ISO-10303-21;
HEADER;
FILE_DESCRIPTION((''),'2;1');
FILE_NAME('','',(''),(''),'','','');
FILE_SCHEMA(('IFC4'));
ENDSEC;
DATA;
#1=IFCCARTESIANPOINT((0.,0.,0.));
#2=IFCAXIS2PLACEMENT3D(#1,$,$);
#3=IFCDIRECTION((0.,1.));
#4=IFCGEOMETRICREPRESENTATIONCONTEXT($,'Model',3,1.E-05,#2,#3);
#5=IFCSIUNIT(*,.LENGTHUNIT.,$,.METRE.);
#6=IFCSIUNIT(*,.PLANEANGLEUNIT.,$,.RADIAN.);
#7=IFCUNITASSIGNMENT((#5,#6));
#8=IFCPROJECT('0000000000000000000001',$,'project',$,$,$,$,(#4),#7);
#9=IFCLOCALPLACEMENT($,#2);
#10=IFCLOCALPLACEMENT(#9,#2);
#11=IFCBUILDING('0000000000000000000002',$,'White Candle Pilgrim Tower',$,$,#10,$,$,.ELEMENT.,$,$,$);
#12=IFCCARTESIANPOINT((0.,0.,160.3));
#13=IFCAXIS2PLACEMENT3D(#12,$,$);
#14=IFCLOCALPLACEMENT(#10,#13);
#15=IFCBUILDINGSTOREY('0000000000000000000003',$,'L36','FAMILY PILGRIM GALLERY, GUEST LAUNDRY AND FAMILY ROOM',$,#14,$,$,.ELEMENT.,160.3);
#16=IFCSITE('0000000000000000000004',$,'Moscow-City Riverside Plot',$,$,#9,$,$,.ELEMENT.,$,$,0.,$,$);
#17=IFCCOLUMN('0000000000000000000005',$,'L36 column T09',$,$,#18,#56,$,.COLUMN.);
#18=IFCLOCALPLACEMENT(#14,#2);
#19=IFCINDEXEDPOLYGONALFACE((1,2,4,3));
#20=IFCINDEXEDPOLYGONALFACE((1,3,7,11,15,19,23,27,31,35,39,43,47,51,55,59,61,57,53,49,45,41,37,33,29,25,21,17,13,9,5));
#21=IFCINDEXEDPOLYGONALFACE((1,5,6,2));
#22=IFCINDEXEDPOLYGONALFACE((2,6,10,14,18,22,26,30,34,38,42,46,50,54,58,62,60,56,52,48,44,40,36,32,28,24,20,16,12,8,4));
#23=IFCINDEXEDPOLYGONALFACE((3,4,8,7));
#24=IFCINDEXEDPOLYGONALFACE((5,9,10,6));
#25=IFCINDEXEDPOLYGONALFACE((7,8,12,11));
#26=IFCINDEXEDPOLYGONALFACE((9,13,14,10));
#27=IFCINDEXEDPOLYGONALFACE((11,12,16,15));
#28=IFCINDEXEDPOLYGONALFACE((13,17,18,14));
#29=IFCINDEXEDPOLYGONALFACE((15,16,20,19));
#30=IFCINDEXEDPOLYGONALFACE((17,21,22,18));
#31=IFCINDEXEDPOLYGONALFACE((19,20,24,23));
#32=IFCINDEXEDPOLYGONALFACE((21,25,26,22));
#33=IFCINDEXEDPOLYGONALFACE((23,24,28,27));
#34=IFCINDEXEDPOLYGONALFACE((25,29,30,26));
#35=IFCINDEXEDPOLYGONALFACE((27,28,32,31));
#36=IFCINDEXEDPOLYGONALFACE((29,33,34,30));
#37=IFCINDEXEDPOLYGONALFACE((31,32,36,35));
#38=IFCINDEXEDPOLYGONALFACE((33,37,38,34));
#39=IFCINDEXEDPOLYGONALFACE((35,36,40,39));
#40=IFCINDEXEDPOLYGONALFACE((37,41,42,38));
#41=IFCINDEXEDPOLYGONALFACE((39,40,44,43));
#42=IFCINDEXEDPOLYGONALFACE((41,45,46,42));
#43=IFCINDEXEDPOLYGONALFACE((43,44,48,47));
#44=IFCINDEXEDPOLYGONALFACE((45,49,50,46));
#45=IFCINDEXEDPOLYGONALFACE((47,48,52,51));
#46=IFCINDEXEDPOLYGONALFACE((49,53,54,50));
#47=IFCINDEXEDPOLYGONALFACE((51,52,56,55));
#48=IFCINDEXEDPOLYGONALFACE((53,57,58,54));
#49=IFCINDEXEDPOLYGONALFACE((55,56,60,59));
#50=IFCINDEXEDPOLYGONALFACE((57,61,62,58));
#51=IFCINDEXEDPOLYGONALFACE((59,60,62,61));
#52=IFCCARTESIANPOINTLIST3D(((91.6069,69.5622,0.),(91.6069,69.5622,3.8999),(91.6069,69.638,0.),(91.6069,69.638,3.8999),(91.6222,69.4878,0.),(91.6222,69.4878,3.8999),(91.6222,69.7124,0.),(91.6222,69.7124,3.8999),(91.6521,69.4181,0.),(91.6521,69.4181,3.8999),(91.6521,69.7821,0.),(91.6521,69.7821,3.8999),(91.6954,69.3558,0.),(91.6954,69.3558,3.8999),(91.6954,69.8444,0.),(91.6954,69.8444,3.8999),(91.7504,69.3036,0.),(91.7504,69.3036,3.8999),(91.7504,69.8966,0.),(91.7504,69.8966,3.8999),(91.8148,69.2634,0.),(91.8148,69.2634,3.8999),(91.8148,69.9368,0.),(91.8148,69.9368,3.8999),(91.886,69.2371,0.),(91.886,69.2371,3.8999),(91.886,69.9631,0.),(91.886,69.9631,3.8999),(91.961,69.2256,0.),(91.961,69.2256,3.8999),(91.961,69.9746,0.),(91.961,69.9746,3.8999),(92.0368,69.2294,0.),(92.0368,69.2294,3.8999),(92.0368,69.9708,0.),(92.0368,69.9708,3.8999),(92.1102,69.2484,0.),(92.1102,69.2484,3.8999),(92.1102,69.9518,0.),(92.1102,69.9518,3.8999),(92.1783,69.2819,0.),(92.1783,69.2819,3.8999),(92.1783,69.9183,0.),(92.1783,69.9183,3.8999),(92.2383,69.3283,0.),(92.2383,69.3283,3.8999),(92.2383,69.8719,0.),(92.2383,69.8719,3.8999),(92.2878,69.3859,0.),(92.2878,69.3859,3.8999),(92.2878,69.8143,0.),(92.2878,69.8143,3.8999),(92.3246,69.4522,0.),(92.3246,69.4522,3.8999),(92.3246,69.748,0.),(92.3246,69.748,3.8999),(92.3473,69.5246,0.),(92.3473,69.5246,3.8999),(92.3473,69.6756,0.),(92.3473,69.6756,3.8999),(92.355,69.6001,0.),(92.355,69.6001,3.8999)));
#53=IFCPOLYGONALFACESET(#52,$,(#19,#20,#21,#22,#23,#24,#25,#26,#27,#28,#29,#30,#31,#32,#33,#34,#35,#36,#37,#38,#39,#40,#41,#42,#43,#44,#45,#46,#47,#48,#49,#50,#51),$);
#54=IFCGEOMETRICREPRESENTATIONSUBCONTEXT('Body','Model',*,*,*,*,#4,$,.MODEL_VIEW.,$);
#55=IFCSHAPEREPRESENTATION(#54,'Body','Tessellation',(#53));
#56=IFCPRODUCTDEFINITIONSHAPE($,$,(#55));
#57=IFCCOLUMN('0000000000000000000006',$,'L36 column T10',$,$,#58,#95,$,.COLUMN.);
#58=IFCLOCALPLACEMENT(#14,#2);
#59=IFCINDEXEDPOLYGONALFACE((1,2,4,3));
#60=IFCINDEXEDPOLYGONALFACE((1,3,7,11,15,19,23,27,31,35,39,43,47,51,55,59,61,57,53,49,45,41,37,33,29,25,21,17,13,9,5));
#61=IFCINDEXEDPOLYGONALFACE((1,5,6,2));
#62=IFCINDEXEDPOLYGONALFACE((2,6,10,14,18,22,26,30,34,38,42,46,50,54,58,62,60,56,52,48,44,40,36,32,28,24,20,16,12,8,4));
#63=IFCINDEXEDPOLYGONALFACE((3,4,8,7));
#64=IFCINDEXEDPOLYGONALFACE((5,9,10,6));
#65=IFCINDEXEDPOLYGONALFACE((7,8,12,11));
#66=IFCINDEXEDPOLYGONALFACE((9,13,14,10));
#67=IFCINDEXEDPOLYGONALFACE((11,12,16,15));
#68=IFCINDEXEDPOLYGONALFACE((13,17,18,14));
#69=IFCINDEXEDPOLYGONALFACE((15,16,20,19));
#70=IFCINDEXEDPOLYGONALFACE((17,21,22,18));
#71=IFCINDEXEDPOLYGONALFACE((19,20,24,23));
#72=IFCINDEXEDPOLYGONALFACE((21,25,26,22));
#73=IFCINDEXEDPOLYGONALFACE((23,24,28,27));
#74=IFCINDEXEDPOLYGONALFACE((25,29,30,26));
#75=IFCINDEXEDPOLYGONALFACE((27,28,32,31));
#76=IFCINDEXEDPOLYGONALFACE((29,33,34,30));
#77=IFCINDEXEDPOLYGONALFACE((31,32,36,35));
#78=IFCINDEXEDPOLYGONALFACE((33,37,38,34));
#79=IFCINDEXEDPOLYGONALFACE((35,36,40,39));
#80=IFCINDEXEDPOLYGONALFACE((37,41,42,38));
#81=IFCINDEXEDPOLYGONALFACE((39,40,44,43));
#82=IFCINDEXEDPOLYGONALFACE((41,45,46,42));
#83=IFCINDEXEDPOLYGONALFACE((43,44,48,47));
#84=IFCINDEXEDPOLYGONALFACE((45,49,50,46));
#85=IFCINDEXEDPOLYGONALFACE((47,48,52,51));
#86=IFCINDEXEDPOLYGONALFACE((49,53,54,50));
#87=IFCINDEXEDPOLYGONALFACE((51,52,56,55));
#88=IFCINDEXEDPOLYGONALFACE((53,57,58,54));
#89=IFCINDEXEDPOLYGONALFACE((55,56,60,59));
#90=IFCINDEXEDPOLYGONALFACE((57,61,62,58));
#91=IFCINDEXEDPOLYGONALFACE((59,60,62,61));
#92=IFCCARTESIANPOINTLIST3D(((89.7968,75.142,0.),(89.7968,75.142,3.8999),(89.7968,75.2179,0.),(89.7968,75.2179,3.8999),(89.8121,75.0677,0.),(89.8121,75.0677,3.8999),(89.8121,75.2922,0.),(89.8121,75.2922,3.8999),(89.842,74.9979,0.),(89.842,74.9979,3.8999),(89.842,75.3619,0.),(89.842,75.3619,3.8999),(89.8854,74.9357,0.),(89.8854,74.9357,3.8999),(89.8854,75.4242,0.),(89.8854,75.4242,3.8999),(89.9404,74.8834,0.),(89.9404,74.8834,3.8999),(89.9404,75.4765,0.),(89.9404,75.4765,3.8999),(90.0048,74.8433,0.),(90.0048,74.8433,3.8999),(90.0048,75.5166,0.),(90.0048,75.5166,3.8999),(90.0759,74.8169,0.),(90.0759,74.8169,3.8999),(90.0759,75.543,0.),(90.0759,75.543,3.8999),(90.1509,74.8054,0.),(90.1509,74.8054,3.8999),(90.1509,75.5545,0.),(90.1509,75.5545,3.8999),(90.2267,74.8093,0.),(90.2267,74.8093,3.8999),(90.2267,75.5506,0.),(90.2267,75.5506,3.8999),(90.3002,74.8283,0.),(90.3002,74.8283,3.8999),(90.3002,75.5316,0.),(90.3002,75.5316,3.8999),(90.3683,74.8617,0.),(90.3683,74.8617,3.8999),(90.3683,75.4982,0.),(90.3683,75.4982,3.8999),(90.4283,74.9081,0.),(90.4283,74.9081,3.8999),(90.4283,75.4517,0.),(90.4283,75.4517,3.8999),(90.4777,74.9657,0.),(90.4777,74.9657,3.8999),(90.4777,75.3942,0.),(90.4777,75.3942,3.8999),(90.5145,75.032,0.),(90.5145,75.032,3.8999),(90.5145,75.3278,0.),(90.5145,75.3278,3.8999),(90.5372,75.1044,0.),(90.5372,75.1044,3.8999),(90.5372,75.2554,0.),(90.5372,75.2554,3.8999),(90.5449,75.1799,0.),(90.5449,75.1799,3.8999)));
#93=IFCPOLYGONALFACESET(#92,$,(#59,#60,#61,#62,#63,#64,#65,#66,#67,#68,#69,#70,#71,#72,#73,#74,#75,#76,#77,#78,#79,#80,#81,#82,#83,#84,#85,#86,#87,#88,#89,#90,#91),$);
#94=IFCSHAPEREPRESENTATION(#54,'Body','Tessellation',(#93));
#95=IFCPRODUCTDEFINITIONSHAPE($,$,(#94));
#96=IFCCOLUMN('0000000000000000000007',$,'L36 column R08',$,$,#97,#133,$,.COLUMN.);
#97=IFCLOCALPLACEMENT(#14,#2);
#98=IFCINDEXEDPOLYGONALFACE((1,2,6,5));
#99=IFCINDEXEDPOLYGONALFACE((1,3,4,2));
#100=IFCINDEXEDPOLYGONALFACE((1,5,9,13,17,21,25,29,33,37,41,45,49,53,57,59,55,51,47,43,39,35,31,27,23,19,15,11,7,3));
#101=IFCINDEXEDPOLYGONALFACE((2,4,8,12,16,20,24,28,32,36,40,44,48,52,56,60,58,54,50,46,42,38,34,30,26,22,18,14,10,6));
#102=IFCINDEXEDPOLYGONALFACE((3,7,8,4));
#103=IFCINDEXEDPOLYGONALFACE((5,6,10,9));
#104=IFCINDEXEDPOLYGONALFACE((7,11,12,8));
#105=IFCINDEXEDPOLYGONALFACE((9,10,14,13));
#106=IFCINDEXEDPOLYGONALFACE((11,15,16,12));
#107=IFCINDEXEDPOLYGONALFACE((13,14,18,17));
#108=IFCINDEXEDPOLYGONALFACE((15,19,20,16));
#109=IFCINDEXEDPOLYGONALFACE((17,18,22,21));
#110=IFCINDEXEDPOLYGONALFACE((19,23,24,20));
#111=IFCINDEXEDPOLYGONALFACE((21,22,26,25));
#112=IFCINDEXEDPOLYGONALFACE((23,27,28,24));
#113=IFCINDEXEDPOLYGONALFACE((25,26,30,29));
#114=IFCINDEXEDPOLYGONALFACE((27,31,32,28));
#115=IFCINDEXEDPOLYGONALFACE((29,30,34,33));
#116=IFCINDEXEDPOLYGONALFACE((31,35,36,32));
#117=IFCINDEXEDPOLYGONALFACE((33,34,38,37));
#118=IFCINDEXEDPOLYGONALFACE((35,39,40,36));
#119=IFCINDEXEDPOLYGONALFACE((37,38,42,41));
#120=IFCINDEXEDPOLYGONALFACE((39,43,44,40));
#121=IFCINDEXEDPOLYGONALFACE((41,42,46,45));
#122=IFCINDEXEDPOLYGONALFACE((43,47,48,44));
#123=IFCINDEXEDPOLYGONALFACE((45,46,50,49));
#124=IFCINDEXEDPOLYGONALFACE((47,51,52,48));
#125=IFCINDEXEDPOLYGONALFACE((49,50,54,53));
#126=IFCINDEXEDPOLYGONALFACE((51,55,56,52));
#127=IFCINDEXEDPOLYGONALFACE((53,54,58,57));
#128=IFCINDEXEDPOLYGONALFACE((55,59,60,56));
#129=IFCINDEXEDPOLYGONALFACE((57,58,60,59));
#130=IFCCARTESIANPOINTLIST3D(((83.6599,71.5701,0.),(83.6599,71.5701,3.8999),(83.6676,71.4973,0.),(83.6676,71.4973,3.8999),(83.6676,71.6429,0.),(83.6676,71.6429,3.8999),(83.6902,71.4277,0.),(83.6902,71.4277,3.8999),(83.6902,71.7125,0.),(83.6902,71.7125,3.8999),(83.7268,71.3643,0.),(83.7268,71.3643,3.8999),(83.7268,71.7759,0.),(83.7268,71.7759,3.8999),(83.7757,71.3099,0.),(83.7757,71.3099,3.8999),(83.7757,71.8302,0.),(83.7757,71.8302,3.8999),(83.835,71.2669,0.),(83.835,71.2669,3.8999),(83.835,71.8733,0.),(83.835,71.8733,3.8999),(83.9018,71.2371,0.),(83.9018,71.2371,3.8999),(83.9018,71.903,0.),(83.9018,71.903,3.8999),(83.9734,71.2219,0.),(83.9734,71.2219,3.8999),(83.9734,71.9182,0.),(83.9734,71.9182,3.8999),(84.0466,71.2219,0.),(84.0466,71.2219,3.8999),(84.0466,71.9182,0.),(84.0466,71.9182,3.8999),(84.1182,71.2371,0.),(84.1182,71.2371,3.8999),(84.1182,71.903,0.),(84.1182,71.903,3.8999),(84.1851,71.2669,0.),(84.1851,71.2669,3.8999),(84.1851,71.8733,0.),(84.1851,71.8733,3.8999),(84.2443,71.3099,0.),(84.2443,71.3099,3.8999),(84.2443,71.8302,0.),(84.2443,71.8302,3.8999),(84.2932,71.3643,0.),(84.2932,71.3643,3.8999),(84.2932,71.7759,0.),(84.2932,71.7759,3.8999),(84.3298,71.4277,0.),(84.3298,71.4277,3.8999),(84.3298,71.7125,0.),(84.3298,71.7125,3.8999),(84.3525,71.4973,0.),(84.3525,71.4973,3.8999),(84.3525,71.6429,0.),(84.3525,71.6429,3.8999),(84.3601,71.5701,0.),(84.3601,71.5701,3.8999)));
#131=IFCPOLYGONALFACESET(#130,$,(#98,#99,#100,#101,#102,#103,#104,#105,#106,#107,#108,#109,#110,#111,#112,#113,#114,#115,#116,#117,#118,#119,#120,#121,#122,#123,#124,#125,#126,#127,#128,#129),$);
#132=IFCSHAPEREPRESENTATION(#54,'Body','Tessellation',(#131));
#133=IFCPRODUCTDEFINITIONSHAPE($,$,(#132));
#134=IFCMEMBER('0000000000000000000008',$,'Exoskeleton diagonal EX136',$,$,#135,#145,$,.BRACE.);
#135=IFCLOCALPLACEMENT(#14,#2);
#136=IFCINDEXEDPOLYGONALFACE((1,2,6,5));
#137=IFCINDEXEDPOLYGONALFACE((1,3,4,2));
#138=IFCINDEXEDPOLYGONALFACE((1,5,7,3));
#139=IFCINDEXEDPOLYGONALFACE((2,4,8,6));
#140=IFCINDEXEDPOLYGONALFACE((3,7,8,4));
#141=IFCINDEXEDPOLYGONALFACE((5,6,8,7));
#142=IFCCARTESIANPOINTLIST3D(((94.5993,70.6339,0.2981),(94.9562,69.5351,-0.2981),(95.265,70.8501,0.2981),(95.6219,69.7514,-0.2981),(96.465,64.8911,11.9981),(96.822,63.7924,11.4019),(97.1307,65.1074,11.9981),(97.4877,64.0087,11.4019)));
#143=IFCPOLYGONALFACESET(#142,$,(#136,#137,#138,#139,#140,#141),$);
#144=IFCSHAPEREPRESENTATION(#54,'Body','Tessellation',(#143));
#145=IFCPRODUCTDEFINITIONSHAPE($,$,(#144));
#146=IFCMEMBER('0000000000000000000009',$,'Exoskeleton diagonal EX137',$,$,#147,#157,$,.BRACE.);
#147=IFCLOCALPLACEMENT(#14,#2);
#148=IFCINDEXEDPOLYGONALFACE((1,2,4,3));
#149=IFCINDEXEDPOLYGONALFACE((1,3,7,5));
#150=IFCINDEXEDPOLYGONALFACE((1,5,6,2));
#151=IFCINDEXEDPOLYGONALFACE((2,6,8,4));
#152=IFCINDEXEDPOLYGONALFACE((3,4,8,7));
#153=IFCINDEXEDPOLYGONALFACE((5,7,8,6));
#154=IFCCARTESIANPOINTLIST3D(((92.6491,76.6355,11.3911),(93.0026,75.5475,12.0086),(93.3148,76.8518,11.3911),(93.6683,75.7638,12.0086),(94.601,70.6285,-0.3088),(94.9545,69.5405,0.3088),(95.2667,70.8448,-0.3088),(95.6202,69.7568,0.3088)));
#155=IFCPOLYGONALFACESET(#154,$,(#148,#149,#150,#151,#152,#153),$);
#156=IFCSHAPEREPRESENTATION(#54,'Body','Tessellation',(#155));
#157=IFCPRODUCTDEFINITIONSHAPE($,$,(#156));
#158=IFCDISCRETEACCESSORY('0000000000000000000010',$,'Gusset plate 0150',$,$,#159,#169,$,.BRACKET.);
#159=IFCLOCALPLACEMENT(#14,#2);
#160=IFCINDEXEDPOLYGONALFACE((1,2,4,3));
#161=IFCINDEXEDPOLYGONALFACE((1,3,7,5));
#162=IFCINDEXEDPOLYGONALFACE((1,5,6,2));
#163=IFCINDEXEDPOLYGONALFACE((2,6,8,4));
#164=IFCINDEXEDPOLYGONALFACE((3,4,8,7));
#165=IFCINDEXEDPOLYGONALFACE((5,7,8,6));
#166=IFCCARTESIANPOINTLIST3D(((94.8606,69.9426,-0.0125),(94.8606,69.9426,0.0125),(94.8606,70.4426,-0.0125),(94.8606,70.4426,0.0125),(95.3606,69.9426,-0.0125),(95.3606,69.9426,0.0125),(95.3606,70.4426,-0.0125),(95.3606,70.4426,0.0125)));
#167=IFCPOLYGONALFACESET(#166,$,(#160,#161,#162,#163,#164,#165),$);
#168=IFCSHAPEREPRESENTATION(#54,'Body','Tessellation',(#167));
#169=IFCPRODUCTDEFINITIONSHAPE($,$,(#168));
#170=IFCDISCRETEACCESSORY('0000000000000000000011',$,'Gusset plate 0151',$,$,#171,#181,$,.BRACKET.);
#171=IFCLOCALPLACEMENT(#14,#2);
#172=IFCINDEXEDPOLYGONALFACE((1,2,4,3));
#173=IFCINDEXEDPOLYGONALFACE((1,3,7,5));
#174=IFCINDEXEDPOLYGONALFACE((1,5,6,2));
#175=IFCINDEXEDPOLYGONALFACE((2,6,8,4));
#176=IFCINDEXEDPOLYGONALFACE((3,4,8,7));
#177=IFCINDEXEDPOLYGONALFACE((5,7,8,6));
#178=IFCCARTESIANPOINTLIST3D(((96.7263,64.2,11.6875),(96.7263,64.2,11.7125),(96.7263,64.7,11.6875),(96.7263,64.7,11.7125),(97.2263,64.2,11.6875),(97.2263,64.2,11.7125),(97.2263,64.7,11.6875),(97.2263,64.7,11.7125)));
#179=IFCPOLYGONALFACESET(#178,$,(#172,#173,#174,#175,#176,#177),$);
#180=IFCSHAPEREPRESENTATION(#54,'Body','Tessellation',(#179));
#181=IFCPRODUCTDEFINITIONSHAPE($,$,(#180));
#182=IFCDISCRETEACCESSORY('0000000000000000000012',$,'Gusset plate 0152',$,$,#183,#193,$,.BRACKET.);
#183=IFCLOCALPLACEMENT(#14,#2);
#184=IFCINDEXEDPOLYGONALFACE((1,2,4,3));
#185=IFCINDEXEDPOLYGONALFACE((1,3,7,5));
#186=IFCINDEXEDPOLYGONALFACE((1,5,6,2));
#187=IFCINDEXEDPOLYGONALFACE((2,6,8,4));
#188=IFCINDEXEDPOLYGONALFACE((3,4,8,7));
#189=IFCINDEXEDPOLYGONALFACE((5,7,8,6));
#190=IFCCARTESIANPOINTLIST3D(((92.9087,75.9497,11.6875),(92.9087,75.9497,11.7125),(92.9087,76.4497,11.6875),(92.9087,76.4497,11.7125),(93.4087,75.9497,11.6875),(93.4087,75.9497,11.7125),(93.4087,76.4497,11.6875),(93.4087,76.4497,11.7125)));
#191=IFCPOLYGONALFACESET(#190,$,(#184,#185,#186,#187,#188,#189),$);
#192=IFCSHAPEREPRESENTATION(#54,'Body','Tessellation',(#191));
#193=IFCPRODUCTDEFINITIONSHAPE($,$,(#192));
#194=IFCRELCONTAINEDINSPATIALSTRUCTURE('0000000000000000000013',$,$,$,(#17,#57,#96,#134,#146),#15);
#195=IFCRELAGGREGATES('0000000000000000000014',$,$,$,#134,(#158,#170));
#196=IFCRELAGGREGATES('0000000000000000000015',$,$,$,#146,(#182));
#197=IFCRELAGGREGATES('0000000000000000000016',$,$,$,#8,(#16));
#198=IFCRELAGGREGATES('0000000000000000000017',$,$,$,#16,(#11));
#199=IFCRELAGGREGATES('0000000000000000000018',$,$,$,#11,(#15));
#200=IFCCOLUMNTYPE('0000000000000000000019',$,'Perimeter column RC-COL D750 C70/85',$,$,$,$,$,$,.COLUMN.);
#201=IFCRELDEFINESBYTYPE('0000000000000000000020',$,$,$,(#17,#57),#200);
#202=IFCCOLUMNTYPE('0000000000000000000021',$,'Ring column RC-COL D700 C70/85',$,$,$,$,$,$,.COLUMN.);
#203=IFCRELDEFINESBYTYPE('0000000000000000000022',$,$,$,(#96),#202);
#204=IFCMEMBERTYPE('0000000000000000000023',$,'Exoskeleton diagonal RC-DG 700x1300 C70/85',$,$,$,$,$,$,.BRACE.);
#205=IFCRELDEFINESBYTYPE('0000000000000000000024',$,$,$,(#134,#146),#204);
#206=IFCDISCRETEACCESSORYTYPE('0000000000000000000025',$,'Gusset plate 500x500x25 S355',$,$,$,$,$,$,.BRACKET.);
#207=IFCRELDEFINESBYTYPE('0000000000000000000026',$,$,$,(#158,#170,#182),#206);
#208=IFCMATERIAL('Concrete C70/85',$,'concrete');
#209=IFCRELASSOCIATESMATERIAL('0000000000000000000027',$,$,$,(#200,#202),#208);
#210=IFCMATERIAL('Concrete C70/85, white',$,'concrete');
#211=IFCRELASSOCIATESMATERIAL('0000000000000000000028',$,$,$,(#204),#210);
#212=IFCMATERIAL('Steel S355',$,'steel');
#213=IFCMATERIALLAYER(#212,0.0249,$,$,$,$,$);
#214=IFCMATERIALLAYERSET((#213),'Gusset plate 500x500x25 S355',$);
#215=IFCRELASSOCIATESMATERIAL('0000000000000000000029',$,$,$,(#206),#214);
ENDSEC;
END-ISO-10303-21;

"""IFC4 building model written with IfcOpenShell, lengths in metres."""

from ifc_helpers import new_model, si_unit, direction, frame, origin, origin_2d, place, context, subcontext, project, spatial, rectangle, circle, extrude, material, layer, layer_set, material_profile, profile_set, type_object, element, aggregate, save


model = new_model("IFC4")

# Units and contexts
model_context = context("Model", 3, precision=1e-05, world=origin(), true_north=direction((0.0, 1.0)))
body_context = subcontext(model_context, "Body", "Model", "MODEL_VIEW")
ifc_project = project(units=[si_unit("LENGTHUNIT", "METRE"), si_unit("PLANEANGLEUNIT", "RADIAN")], contexts=[model_context])

# Site, building, storey
site_placement = place(None, origin())
site = spatial("IfcSite", under=ifc_project, at=site_placement, Name="Moscow-City Riverside Plot", CompositionType="ELEMENT", RefElevation=0.0)
building_placement = place(site_placement, origin())
building = spatial("IfcBuilding", under=site, at=building_placement, Name="White Candle Pilgrim Tower", CompositionType="ELEMENT")
storey_placement = place(building_placement, frame((0.0, 0.0, 160.3)))
storey = spatial("IfcBuildingStorey", under=building, at=storey_placement, Name="L36", Description="FAMILY PILGRIM GALLERY, GUEST LAUNDRY AND FAMILY ROOM", CompositionType="ELEMENT", Elevation=160.3)

# Columns
ifc_material_1 = material(Name="Concrete C70/85", Category="concrete")
ifc_material_profile_1 = material_profile(ifc_material_1, circle(Radius=0.375, at=origin_2d()), Name="RC-COL D750")
ifc_profile_set_1 = profile_set([ifc_material_profile_1], Name="Concrete C70/85")
column_type_1 = type_object("IfcColumnType", Name="Perimeter column RC-COL D750 C70/85", PredefinedType="COLUMN", material=ifc_profile_set_1)
for number, where, z_axis, x_axis, name in (
    (1, (91.98, 69.6001, 0.0), (0.0, 0.0, 1.0), (1.0, 0.0, 0.0), "L36 column T09"),
    (2, (90.1699, 75.1799, 0.0), (0.0, 0.0, 1.0), (1.0, 0.0, 0.0), "L36 column T10"),
):
    element("IfcColumn", number, at=place(storey_placement, frame(where, z_axis=z_axis, x_axis=x_axis)), inside=storey, type_object=column_type_1, Name=name, PredefinedType="COLUMN", context=body_context, shape_type="SweptSolid", body=[
        extrude(circle(Radius=0.375, at=origin_2d()), origin(), (0.0, 0.0, 1.0), 3.8999),
    ])
ifc_material_profile_2 = material_profile(ifc_material_1, circle(Radius=0.3501, at=origin_2d()), Name="RC-COL D700")
ifc_profile_set_2 = profile_set([ifc_material_profile_2], Name="Concrete C70/85")
column_type_2 = type_object("IfcColumnType", Name="Ring column RC-COL D700 C70/85", PredefinedType="COLUMN", material=ifc_profile_set_2)
column_placement = place(storey_placement, frame((84.01, 71.5701, 0.0), z_axis=(0.0, 0.0, 1.0), x_axis=(1.0, 0.0, 0.0)))
element("IfcColumn", 3, at=column_placement, inside=storey, type_object=column_type_2, Name="L36 column R08", PredefinedType="COLUMN", context=body_context, shape_type="SweptSolid", body=[
    extrude(circle(Radius=0.3501, at=origin_2d()), origin(), (0.0, 0.0, 1.0), 3.8999),
])

# Members
ifc_material_2 = material(Name="Concrete C70/85, white", Category="concrete")
ifc_material_profile_3 = material_profile(ifc_material_2, rectangle(XDim=0.7, YDim=1.3, at=origin_2d()), Name="RC-DG 700x1300")
ifc_profile_set_3 = profile_set([ifc_material_profile_3], Name="Concrete C70/85, white")
member_type_1 = type_object("IfcMemberType", Name="Exoskeleton diagonal RC-DG 700x1300 C70/85", PredefinedType="BRACE", material=ifc_profile_set_3)
member_1_placement = place(storey_placement, frame((95.1106, 70.1926, 0.0), z_axis=(0.141706, -0.436169, 0.888637), x_axis=(0.951066, 0.308989, 0.0)))
member_1 = element("IfcMember", 4, at=member_1_placement, inside=storey, type_object=member_type_1, Name="Exoskeleton diagonal EX136", PredefinedType="BRACE", context=body_context, shape_type="SweptSolid", body=[
    extrude(rectangle(XDim=0.7, YDim=1.3, at=origin_2d()), origin(), (0.0, 0.0, 1.0), 13.1663),
])
member_2_placement = place(storey_placement, frame((95.1106, 70.1926, 0.0), z_axis=(-0.146804, 0.451796, 0.87996), x_axis=(-0.951053, -0.309029, 0.0)))
member_2 = element("IfcMember", 5, at=member_2_placement, inside=storey, type_object=member_type_1, Name="Exoskeleton diagonal EX137", PredefinedType="BRACE", context=body_context, shape_type="SweptSolid", body=[
    extrude(rectangle(XDim=0.7, YDim=1.3, at=origin_2d()), origin(), (0.0, 0.0, 1.0), 13.2959),
])

# Discrete accessories
ifc_material_3 = material(Name="Steel S355", Category="steel")
ifc_layer_1 = layer(ifc_material_3, 0.0249)
ifc_layer_set_1 = layer_set([ifc_layer_1], Name="Gusset plate 500x500x25 S355")
discrete_accessory_type = type_object("IfcDiscreteAccessoryType", Name="Gusset plate 500x500x25 S355", PredefinedType="BRACKET", material=ifc_layer_set_1)
discrete_accessory_1_placement = place(storey_placement, frame((95.1106, 70.1926, -0.0125), z_axis=(0.0, 0.0, 1.0), x_axis=(1.0, 0.0, 0.0)))
discrete_accessory_1 = element("IfcDiscreteAccessory", 6, at=discrete_accessory_1_placement, type_object=discrete_accessory_type, Name="Gusset plate 0150", PredefinedType="BRACKET", context=body_context, shape_type="SweptSolid", body=[
    extrude(rectangle(XDim=0.5, YDim=0.5, at=origin_2d()), origin(), (0.0, 0.0, 1.0), 0.0249),
])
placement = place(building_placement, frame((0.0, 0.0, 172.0)))
discrete_accessory_2_placement = place(placement, frame((96.9763, 64.45, -0.0125), z_axis=(0.0, 0.0, 1.0), x_axis=(1.0, 0.0, 0.0)))
discrete_accessory_2 = element("IfcDiscreteAccessory", 7, at=discrete_accessory_2_placement, type_object=discrete_accessory_type, Name="Gusset plate 0151", PredefinedType="BRACKET", context=body_context, shape_type="SweptSolid", body=[
    extrude(rectangle(XDim=0.5, YDim=0.5, at=origin_2d()), origin(), (0.0, 0.0, 1.0), 0.0249),
])
aggregate(member_1, [discrete_accessory_1, discrete_accessory_2])
discrete_accessory_3_placement = place(placement, frame((93.1587, 76.1997, -0.0125), z_axis=(0.0, 0.0, 1.0), x_axis=(1.0, 0.0, 0.0)))
discrete_accessory_3 = element("IfcDiscreteAccessory", 8, at=discrete_accessory_3_placement, type_object=discrete_accessory_type, Name="Gusset plate 0152", PredefinedType="BRACKET", context=body_context, shape_type="SweptSolid", body=[
    extrude(rectangle(XDim=0.5, YDim=0.5, at=origin_2d()), origin(), (0.0, 0.0, 1.0), 0.0249),
])
aggregate(member_2, [discrete_accessory_3])

save(model, "model.ifc")
